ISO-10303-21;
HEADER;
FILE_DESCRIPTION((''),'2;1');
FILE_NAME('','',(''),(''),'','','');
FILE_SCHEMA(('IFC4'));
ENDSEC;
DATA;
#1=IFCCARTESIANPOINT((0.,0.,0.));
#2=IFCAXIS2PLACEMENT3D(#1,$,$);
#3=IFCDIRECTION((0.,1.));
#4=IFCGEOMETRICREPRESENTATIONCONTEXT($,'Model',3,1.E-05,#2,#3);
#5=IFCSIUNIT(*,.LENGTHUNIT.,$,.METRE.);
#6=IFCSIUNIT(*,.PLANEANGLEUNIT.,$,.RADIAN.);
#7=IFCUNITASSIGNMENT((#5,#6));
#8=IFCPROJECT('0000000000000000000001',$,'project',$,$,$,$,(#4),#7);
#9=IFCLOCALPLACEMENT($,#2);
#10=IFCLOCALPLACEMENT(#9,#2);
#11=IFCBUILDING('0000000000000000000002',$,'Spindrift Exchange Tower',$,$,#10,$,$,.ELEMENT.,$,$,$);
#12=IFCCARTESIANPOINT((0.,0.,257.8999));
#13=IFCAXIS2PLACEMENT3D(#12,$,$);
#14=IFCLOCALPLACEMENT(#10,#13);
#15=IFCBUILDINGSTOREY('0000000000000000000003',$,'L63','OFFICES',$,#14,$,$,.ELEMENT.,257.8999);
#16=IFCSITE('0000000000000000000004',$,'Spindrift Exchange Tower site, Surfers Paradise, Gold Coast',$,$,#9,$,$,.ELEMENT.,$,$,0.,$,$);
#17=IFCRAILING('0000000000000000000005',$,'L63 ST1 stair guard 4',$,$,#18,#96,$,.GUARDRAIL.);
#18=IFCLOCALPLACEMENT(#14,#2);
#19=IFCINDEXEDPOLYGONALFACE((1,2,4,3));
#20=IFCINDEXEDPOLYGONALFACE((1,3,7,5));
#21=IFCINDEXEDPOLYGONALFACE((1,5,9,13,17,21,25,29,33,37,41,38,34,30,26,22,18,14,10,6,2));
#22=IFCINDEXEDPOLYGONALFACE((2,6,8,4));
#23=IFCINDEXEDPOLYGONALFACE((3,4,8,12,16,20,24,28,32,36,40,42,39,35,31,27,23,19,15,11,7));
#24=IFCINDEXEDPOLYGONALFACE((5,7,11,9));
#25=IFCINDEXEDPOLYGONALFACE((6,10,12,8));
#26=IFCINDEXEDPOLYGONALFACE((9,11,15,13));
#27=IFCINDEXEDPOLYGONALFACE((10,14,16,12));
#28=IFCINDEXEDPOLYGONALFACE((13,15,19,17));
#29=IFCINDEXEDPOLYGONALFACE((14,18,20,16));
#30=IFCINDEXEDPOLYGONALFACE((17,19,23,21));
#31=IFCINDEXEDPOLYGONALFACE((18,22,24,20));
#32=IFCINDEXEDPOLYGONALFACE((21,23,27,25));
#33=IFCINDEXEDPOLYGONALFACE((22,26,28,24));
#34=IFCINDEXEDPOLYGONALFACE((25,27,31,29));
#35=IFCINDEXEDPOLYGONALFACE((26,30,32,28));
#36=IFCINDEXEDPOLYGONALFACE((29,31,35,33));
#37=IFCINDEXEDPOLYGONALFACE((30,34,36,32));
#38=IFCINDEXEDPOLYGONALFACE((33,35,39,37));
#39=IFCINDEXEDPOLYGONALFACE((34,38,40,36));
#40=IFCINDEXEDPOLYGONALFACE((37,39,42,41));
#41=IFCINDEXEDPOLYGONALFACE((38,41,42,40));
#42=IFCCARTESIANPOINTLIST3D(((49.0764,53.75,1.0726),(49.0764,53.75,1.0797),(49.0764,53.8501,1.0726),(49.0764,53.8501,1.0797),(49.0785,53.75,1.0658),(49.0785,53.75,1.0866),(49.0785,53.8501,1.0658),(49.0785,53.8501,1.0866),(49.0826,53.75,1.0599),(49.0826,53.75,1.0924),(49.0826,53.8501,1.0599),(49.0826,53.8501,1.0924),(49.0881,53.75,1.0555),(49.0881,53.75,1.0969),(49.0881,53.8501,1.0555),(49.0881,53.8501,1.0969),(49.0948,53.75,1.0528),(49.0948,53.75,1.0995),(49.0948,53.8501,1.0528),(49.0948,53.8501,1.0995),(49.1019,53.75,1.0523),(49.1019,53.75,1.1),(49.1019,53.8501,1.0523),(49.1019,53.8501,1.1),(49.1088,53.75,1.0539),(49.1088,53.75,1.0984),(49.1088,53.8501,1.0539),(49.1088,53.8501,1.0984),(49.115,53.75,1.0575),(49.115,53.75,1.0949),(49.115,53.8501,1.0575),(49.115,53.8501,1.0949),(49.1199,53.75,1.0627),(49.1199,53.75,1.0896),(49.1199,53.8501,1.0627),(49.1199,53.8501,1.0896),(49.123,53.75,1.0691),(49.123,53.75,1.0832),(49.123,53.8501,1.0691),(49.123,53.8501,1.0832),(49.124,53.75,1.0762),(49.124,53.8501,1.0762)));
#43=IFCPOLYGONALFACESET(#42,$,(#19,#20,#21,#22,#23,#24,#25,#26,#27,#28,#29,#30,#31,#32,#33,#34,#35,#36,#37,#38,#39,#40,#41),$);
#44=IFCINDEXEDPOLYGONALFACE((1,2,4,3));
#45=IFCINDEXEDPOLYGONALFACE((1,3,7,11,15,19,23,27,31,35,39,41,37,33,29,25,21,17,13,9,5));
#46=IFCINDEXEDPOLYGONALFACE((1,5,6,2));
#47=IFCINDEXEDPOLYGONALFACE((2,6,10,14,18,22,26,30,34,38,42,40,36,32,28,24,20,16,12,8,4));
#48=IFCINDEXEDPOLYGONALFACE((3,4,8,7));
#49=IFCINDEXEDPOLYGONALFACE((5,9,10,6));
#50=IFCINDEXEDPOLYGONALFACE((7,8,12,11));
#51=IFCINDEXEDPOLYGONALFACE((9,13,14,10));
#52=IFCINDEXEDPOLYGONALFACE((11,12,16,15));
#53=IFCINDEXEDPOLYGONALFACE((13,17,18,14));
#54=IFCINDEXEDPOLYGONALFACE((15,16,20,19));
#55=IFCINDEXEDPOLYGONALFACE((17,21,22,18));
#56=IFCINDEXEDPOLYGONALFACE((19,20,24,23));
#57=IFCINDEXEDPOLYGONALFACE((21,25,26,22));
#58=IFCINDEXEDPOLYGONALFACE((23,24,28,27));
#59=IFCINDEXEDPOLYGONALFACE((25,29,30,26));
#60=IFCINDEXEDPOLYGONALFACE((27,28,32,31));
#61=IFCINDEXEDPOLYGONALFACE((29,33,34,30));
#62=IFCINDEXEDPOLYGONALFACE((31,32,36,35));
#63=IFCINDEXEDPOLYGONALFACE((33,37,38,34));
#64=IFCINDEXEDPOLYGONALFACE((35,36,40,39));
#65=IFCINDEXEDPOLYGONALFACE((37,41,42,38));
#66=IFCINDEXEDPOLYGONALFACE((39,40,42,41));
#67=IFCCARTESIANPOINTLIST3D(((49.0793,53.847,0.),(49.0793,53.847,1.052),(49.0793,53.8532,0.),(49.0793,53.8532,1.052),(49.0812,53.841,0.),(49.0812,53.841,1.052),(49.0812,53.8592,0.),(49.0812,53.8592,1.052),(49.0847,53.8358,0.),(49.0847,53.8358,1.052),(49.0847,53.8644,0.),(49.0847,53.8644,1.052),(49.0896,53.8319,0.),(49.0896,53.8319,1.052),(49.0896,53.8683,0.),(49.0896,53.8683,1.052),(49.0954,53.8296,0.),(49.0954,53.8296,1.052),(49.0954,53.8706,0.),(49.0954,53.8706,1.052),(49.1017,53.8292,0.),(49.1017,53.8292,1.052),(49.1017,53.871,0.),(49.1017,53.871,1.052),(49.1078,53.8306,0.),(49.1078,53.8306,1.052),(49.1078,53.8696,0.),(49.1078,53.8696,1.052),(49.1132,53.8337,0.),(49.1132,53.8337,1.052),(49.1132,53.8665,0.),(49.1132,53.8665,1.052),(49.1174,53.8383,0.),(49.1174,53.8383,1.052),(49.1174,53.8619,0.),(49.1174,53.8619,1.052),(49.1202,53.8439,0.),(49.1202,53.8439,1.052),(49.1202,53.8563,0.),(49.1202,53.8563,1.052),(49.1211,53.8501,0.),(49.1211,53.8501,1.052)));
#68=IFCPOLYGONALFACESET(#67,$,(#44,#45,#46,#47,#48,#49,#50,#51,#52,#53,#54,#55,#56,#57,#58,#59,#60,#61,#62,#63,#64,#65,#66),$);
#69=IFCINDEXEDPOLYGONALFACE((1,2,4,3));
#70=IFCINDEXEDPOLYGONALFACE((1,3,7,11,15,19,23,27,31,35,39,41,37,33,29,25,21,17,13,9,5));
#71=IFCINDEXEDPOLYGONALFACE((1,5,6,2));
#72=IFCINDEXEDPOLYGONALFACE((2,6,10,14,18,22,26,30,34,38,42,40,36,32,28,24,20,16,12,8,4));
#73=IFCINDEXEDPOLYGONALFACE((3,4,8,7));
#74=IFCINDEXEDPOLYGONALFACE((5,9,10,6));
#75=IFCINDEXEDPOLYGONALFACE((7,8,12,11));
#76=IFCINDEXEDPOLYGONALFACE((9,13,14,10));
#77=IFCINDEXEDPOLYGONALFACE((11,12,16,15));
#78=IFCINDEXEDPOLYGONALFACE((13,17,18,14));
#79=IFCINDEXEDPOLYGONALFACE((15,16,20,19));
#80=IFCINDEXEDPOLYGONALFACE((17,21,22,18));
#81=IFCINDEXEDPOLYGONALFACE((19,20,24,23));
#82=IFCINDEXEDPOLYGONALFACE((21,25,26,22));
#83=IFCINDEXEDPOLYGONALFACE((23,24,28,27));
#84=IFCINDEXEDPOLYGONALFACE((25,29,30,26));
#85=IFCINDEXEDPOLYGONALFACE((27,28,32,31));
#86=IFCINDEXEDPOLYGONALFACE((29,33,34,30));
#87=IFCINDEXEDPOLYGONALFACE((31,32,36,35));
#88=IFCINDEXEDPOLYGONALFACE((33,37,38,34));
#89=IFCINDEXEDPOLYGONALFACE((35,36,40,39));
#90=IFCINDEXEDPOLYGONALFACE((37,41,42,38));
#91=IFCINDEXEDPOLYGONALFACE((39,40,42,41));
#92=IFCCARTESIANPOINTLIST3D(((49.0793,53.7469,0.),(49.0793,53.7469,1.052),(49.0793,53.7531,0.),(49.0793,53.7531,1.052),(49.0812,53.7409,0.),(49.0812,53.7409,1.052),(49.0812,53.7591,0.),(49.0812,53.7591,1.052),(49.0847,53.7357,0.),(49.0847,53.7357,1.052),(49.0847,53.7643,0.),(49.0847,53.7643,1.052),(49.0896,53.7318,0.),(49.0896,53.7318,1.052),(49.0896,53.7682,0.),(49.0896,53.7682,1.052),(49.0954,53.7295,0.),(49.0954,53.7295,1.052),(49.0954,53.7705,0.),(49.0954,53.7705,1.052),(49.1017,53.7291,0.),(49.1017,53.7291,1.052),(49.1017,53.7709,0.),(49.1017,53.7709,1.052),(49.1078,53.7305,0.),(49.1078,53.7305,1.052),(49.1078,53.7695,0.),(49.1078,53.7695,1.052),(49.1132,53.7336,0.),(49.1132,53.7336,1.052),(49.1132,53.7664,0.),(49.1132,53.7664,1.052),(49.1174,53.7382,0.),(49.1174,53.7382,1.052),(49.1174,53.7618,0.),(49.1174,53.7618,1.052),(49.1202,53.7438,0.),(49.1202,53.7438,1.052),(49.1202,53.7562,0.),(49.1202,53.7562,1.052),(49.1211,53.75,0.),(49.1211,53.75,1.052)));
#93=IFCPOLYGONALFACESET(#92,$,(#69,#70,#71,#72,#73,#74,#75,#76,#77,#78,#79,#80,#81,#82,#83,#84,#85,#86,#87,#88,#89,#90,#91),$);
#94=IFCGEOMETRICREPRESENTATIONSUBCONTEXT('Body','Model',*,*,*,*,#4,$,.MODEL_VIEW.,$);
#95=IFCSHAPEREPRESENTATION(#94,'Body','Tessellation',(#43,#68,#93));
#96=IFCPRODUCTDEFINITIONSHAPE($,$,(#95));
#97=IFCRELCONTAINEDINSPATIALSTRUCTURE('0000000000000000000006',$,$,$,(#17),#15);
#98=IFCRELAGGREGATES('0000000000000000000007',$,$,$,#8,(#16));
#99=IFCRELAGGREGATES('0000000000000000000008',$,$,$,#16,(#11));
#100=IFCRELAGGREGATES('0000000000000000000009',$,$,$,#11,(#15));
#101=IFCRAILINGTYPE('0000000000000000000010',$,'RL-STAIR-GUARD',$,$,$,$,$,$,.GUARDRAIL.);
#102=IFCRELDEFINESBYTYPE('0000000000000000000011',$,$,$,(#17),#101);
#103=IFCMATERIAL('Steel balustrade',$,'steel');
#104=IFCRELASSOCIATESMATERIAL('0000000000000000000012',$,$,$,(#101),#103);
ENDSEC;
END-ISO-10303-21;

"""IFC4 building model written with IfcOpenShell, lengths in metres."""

from ifc_helpers import new_model, si_unit, direction, frame, origin, origin_2d, place, context, subcontext, project, spatial, circle, extrude, material, type_object, element, save


model = new_model("IFC4")

# Units and contexts
model_context = context("Model", 3, precision=1e-05, world=origin(), true_north=direction((0.0, 1.0)))
body_context = subcontext(model_context, "Body", "Model", "MODEL_VIEW")
ifc_project = project(units=[si_unit("LENGTHUNIT", "METRE"), si_unit("PLANEANGLEUNIT", "RADIAN")], contexts=[model_context])

# Site, building, storey
site_placement = place(None, origin())
site = spatial("IfcSite", under=ifc_project, at=site_placement, Name="Spindrift Exchange Tower site, Surfers Paradise, Gold Coast", CompositionType="ELEMENT", RefElevation=0.0)
building_placement = place(site_placement, origin())
building = spatial("IfcBuilding", under=site, at=building_placement, Name="Spindrift Exchange Tower", CompositionType="ELEMENT")
storey_placement = place(building_placement, frame((0.0, 0.0, 257.8999)))
storey = spatial("IfcBuildingStorey", under=building, at=storey_placement, Name="L63", Description="OFFICES", CompositionType="ELEMENT", Elevation=257.8999)

# Railing
ifc_material_1 = material(Name="Steel balustrade", Category="steel")
railing_type_1 = type_object("IfcRailingType", Name="RL-STAIR-GUARD", PredefinedType="GUARDRAIL", material=ifc_material_1)
railing_1_placement = place(storey_placement, frame((49.1001, 53.8501, 0.0)))
element("IfcRailing", 1, at=railing_1_placement, inside=storey, type_object=railing_type_1, Name="L63 ST1 stair guard 4", PredefinedType="GUARDRAIL", context=body_context, shape_type="SweptSolid", body=[
    extrude(circle(Radius=0.0239, at=origin_2d()), frame((0.0, 0.0, 1.0762), z_axis=(0.0, -1.0, 0.0), x_axis=(1.0, 0.0, 0.0)), (0.0, 0.0, 1.0), 0.1001),
    extrude(circle(Radius=0.021, at=origin_2d()), origin(), (0.0, 0.0, 1.0), 1.052),
    extrude(circle(Radius=0.021, at=origin_2d()), frame((0.0, -0.1001, 0.0)), (0.0, 0.0, 1.0), 1.052),
])

save(model, "model.ifc")
